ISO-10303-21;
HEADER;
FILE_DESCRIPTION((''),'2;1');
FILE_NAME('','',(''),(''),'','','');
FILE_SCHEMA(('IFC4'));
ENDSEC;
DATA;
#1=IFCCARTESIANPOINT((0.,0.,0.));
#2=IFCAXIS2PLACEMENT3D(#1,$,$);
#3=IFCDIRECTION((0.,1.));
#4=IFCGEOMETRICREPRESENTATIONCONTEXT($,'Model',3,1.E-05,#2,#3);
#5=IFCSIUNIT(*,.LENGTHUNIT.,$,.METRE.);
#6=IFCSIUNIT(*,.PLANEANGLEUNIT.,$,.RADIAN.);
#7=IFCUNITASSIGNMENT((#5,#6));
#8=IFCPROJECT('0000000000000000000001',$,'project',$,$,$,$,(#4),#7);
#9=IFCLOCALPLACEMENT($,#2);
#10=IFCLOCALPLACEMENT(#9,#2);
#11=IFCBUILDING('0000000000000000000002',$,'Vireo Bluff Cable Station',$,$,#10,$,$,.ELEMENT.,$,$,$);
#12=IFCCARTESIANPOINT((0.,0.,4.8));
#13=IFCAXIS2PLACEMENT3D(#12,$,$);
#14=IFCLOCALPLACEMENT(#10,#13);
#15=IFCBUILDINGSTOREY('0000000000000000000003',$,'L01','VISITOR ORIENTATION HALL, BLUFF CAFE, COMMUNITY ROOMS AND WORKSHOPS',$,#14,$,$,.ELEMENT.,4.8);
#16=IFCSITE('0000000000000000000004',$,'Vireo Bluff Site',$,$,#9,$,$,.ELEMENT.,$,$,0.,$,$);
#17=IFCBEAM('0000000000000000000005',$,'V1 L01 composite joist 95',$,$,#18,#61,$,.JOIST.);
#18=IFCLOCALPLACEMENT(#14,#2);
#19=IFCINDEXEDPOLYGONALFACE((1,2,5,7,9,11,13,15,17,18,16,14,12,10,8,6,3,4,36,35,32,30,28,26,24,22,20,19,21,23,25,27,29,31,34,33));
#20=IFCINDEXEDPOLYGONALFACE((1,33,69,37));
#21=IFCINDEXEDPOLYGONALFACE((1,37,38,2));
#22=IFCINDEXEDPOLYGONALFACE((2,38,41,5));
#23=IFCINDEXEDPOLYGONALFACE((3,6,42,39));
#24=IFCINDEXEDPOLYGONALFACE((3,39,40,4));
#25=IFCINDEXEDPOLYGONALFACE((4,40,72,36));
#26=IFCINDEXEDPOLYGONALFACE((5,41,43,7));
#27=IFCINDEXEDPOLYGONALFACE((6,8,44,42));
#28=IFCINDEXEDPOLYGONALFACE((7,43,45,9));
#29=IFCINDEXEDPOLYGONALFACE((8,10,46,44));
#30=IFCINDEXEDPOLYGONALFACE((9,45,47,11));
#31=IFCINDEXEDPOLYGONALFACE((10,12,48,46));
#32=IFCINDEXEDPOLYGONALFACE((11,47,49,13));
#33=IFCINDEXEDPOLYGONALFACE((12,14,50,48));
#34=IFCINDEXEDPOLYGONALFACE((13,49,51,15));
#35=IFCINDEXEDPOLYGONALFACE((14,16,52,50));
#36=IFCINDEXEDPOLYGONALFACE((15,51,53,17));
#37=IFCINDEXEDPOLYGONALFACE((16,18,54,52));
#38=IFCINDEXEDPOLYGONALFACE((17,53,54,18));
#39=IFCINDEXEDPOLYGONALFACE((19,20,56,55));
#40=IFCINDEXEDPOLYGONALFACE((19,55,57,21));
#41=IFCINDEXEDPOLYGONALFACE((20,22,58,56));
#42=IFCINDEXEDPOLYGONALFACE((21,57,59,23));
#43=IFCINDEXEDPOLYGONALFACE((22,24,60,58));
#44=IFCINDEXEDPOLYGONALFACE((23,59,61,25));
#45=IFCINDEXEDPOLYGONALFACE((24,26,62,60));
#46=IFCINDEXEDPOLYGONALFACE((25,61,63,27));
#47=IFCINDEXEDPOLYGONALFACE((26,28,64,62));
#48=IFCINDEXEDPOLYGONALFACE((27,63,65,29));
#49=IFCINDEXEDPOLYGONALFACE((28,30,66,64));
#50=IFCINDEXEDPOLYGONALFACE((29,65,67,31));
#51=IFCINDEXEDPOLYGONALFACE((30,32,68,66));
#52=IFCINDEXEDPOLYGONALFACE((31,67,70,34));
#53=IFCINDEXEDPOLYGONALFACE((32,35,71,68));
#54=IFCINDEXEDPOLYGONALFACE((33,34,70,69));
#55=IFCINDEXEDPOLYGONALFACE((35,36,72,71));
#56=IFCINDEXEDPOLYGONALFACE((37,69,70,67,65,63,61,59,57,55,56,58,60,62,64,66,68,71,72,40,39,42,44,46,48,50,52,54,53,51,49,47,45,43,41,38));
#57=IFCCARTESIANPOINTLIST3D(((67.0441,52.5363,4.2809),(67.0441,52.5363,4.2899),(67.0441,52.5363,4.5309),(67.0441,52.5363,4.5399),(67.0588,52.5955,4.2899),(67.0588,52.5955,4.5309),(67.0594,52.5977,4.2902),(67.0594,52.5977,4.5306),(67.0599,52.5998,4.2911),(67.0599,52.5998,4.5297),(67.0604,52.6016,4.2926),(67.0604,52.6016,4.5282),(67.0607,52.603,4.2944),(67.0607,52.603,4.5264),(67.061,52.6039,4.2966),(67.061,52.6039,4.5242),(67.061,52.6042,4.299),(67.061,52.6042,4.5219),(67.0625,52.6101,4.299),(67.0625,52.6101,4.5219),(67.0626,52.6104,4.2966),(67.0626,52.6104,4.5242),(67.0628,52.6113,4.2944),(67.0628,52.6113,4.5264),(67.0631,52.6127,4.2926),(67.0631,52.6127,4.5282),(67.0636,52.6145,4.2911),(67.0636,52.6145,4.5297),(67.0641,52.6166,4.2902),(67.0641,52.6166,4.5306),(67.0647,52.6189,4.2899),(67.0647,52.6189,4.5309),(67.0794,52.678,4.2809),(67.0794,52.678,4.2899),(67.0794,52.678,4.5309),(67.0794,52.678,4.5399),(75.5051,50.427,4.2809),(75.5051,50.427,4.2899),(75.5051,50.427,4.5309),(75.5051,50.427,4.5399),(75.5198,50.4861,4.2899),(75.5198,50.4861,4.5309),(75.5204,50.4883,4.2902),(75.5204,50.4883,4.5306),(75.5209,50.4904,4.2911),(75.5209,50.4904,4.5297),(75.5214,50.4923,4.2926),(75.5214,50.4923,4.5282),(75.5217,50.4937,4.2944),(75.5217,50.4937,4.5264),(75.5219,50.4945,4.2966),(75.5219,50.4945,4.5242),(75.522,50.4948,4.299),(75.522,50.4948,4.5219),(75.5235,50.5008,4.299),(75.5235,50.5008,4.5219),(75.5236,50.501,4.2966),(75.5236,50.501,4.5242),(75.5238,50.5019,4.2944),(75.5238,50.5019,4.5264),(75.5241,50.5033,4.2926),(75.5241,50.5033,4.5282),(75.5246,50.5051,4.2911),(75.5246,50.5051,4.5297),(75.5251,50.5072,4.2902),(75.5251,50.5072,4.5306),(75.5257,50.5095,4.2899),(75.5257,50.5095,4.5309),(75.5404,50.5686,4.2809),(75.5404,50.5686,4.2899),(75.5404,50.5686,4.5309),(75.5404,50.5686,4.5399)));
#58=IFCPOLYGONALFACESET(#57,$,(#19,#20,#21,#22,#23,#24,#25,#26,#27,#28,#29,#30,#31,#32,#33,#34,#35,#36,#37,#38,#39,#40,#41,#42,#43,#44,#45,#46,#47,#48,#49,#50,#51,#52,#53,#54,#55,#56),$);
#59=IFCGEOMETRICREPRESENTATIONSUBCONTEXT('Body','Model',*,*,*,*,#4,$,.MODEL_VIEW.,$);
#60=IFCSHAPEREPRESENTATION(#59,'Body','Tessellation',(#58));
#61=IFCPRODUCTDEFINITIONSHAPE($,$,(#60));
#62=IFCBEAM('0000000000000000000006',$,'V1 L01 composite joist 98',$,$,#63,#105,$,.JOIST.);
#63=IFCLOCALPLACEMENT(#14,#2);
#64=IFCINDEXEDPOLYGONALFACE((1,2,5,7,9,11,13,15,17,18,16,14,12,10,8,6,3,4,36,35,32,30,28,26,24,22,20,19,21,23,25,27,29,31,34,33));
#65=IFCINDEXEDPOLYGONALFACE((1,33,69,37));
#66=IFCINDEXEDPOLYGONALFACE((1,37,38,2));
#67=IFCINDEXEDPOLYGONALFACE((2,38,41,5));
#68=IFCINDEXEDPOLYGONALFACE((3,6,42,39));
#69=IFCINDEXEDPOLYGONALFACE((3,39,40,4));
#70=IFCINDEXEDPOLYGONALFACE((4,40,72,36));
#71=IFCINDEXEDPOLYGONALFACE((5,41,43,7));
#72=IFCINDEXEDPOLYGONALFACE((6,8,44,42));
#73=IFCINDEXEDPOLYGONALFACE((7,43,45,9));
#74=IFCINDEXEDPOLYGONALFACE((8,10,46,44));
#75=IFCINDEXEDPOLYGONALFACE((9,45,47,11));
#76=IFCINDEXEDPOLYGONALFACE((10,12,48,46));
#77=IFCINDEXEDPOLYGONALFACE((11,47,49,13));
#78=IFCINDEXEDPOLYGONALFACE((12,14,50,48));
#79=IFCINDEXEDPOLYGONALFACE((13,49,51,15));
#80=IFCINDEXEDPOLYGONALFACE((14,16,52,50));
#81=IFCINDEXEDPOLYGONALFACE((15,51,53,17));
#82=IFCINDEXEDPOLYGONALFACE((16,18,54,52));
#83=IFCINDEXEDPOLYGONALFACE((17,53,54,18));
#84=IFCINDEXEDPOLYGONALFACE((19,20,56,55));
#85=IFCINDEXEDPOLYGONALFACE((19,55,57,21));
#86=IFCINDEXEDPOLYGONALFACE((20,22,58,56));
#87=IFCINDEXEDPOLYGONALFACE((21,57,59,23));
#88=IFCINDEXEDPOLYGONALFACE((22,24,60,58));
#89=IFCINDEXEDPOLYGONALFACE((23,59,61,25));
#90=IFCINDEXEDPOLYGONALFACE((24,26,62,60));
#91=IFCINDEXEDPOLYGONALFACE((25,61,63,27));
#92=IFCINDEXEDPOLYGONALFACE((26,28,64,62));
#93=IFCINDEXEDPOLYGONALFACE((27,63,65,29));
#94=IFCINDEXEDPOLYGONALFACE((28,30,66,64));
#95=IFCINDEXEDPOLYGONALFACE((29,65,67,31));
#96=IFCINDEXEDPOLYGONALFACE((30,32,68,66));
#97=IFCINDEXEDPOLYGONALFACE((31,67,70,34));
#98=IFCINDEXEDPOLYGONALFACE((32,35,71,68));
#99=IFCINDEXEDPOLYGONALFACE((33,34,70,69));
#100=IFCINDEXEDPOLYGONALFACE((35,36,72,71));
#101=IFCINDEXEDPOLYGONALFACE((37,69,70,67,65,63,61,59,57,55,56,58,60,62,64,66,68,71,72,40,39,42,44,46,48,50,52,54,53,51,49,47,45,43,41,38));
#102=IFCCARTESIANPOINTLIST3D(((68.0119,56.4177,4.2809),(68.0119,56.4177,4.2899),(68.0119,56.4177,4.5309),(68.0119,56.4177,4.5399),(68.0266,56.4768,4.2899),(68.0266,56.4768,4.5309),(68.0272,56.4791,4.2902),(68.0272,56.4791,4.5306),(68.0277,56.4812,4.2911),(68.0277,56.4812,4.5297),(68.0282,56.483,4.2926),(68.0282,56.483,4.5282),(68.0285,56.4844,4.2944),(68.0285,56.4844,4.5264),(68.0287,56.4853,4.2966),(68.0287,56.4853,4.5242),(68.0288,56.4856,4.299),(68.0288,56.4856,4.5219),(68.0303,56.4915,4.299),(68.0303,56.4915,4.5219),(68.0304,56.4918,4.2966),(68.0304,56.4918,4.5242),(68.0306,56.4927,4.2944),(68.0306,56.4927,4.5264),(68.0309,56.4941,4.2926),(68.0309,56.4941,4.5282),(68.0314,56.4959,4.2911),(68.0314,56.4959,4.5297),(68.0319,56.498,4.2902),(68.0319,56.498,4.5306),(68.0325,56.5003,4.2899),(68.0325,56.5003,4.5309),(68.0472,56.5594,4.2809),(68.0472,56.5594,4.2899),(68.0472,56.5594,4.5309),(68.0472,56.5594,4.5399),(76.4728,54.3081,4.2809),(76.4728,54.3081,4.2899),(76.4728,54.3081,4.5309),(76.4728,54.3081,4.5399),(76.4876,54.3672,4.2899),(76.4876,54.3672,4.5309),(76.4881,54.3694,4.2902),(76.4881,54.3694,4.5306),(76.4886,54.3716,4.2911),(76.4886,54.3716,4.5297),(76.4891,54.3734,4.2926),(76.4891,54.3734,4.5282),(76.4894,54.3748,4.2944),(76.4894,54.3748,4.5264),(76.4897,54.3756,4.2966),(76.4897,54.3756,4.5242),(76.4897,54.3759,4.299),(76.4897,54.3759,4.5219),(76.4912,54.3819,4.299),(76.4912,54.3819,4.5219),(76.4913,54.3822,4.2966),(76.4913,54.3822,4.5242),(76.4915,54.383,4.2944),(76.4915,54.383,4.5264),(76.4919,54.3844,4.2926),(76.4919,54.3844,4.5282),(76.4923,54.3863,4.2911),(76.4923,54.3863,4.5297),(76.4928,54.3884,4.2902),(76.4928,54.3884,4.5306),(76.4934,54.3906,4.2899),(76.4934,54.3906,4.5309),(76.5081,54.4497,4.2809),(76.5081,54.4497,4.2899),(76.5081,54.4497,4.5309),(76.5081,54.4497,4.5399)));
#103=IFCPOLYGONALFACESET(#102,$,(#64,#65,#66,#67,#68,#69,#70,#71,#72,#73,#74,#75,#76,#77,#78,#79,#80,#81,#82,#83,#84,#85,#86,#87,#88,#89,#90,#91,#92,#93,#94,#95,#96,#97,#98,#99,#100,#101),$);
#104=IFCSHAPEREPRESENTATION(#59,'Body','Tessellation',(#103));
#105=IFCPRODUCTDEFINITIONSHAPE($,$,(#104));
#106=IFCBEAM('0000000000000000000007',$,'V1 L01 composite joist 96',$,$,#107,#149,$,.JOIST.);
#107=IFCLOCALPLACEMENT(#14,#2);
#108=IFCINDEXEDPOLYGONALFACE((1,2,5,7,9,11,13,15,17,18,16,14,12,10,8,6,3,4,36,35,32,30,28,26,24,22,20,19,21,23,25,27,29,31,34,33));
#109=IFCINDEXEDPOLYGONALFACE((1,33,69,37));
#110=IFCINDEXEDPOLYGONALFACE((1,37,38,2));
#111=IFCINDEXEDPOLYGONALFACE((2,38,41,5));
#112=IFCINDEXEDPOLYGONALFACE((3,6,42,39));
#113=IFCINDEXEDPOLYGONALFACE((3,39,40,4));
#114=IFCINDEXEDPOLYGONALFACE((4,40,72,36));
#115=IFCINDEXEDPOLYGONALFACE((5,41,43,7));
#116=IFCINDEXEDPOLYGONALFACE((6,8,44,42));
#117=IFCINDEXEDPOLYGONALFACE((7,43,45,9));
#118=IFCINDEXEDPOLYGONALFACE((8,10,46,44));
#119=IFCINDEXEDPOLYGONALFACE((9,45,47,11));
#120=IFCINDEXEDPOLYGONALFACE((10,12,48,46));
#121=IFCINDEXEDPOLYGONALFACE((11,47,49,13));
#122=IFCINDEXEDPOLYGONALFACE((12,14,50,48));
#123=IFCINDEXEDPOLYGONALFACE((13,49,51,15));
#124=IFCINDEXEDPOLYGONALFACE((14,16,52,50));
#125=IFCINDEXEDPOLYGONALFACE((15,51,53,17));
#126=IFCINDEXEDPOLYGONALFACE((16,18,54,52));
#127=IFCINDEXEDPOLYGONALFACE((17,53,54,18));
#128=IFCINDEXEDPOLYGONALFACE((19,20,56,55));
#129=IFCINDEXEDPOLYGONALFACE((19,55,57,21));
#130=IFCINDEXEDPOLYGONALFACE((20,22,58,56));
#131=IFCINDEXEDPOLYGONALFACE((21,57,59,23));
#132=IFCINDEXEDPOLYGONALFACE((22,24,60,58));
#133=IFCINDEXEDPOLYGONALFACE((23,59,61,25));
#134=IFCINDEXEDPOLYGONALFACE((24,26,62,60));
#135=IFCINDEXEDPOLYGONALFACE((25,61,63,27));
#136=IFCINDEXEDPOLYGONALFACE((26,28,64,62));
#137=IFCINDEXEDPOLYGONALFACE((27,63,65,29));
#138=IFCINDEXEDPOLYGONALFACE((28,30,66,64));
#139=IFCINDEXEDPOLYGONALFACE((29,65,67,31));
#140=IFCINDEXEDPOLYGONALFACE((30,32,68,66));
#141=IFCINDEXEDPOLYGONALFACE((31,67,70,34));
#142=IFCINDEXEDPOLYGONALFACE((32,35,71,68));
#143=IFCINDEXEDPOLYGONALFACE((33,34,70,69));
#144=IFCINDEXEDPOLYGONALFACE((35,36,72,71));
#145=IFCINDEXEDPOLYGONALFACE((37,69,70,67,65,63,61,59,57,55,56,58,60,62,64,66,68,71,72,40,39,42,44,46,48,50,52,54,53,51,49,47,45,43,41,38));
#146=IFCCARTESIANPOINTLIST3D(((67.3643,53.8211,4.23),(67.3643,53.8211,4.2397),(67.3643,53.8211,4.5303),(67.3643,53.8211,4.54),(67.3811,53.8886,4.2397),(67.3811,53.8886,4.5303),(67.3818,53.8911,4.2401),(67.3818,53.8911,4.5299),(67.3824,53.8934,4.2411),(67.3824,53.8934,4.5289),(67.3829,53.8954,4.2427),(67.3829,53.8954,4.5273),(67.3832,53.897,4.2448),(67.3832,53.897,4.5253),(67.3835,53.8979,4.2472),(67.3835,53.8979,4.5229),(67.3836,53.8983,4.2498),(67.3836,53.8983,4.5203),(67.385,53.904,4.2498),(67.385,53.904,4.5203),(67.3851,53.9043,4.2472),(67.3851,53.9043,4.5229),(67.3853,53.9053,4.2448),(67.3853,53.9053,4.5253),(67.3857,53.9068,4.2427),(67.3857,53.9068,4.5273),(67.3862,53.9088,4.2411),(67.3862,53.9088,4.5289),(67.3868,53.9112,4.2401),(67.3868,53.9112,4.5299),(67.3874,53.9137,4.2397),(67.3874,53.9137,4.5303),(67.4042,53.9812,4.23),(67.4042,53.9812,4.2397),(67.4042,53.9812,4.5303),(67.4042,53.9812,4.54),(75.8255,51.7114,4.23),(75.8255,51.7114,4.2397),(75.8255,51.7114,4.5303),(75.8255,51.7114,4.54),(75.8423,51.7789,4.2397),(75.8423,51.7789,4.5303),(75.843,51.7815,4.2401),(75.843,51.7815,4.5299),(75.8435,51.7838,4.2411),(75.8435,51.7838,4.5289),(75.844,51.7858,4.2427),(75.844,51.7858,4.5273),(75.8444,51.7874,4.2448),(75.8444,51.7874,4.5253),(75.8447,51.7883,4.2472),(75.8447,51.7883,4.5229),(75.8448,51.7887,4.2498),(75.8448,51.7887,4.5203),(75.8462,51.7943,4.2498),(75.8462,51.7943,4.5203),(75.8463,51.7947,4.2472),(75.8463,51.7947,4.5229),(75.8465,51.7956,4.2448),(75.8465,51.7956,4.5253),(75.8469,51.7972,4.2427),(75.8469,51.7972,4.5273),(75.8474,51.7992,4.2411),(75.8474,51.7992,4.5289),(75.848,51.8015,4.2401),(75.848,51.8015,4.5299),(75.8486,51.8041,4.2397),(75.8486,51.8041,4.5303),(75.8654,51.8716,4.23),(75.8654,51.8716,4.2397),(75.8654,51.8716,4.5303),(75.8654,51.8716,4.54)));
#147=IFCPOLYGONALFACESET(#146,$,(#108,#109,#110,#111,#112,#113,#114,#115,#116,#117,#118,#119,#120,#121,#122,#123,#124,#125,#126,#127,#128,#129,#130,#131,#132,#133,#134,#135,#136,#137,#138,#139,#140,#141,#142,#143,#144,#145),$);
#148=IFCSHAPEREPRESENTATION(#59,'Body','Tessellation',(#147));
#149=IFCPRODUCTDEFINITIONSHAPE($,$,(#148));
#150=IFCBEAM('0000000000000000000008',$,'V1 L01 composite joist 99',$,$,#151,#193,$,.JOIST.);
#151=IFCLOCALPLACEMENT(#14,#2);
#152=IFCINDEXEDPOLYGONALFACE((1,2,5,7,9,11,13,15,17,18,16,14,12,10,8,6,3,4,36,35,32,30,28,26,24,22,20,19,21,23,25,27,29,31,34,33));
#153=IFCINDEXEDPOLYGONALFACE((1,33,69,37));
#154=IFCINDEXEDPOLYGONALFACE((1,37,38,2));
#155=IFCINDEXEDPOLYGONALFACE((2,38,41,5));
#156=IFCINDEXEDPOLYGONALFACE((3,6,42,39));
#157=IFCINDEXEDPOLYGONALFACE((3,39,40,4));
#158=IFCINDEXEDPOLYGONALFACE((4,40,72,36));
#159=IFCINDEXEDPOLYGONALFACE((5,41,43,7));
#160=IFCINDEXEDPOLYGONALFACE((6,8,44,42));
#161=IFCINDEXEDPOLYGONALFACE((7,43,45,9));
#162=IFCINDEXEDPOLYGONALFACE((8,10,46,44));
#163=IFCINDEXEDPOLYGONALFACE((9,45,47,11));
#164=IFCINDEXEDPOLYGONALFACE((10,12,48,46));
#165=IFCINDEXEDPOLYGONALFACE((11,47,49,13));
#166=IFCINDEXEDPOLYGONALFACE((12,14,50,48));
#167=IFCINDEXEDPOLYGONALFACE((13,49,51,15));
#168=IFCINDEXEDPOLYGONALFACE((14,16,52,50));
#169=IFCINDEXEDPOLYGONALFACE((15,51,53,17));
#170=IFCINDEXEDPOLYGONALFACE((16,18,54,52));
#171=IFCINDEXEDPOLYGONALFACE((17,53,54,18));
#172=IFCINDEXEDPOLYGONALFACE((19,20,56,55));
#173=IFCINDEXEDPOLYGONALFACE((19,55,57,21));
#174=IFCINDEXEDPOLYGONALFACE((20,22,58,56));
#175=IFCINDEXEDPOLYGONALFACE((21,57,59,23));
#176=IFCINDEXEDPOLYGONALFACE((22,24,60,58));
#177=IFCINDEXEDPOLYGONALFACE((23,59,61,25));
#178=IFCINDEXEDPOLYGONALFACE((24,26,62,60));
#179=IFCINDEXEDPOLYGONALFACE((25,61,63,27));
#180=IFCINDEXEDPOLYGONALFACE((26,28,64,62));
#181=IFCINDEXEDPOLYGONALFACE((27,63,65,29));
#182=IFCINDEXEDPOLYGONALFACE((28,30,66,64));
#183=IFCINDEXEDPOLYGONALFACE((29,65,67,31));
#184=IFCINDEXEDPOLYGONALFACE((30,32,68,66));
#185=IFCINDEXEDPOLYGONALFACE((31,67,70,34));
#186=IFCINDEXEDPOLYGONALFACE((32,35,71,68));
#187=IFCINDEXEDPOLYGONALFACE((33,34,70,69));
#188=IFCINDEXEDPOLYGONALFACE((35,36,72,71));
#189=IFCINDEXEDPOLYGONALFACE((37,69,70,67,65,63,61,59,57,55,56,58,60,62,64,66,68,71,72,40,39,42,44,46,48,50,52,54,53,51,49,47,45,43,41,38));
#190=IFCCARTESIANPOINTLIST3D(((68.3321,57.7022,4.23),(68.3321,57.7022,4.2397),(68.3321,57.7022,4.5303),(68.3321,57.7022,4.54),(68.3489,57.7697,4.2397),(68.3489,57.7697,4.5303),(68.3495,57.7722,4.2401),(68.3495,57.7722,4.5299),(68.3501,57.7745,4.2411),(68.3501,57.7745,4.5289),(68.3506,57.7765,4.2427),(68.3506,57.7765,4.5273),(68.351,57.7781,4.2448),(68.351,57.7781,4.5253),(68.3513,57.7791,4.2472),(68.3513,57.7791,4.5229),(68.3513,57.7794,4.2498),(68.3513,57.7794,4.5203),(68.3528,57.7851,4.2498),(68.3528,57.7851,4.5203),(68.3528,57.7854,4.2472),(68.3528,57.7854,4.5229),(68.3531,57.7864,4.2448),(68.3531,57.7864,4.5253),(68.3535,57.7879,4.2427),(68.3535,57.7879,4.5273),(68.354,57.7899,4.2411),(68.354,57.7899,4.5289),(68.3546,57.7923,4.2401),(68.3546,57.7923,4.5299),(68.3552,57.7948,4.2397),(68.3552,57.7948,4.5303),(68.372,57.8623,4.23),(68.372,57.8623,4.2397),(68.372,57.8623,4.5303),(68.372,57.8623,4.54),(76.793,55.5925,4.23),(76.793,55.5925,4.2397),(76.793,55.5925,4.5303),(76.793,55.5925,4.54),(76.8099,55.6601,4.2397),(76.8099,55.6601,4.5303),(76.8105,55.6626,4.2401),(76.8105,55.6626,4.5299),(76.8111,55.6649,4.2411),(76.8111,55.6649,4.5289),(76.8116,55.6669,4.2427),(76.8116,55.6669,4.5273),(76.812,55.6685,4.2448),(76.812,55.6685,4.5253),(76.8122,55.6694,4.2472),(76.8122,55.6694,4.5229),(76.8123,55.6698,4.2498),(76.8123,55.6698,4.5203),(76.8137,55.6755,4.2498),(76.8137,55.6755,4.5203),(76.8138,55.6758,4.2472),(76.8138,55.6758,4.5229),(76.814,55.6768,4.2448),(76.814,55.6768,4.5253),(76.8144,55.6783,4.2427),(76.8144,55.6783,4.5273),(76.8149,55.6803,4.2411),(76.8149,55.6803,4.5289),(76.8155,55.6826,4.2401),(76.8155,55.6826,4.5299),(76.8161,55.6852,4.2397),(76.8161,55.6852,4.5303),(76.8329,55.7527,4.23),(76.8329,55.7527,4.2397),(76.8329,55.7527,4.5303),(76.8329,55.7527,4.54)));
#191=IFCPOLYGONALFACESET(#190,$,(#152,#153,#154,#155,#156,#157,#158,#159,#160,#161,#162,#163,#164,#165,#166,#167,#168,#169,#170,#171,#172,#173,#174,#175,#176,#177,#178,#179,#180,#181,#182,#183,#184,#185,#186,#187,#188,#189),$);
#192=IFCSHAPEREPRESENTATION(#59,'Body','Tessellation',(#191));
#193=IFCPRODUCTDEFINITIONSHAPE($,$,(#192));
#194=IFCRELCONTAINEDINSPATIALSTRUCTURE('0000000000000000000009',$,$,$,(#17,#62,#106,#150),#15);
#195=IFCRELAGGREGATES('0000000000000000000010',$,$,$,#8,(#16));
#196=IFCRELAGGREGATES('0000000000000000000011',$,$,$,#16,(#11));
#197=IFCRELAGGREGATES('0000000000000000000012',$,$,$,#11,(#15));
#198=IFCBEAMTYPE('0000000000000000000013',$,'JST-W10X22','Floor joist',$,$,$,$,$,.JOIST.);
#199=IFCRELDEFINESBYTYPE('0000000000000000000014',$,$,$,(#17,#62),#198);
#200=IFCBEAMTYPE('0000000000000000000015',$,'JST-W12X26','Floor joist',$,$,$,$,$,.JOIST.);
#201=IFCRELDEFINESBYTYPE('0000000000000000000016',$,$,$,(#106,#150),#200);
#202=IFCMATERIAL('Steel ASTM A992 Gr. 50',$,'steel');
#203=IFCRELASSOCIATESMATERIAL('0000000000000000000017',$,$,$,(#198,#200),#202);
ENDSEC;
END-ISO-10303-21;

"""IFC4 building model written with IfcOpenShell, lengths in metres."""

from ifc_helpers import new_model, si_unit, direction, frame, origin, origin_2d, place, context, subcontext, project, spatial, i_section, extrude, material, material_profile, profile_set, type_object, element, save


model = new_model("IFC4")

# Units and contexts
model_context = context("Model", 3, precision=1e-05, world=origin(), true_north=direction((0.0, 1.0)))
body_context = subcontext(model_context, "Body", "Model", "MODEL_VIEW")
ifc_project = project(units=[si_unit("LENGTHUNIT", "METRE"), si_unit("PLANEANGLEUNIT", "RADIAN")], contexts=[model_context])

# Site, building, storey
site_placement = place(None, origin())
site = spatial("IfcSite", under=ifc_project, at=site_placement, Name="Vireo Bluff Site", CompositionType="ELEMENT", RefElevation=0.0)
building_placement = place(site_placement, origin())
building = spatial("IfcBuilding", under=site, at=building_placement, Name="Vireo Bluff Cable Station", CompositionType="ELEMENT")
storey_placement = place(building_placement, frame((0.0, 0.0, 4.8)))
storey = spatial("IfcBuildingStorey", under=building, at=storey_placement, Name="L01", Description="VISITOR ORIENTATION HALL, BLUFF CAFE, COMMUNITY ROOMS AND WORKSHOPS", CompositionType="ELEMENT", Elevation=4.8)

# Beams
ifc_material_1 = material(Name="Steel ASTM A992 Gr. 50", Category="steel")
ifc_material_profile_1 = material_profile(ifc_material_1, i_section(OverallWidth=0.146, OverallDepth=0.259, WebThickness=0.0061, FlangeThickness=0.009, FilletRadius=0.009, at=origin_2d()), Name="W10X22")
ifc_profile_set_1 = profile_set([ifc_material_profile_1], Name="Steel ASTM A992 Gr. 50")
beam_type_1 = type_object("IfcBeamType", Name="JST-W10X22", Description="Floor joist", PredefinedType="JOIST", material=ifc_profile_set_1)
for number, where, z_axis, x_axis, name in (
    (1, (67.0618, 52.6072, 4.4104), (0.9703, -0.241903, 0.0), (0.241903, 0.9703, 0.0), "V1 L01 composite joist 95"),
    (2, (68.0295, 56.4885, 4.4104), (0.970294, -0.24193, 0.0), (0.24193, 0.970294, 0.0), "V1 L01 composite joist 98"),
):
    element("IfcBeam", number, at=place(storey_placement, frame(where, z_axis=z_axis, x_axis=x_axis)), inside=storey, type_object=beam_type_1, Name=name, PredefinedType="JOIST", context=body_context, shape_type="SweptSolid", body=[
        extrude(i_section(OverallWidth=0.146, OverallDepth=0.259, WebThickness=0.0061, FlangeThickness=0.009, FilletRadius=0.009, at=origin_2d()), origin(), (0.0, 0.0, 1.0), 8.72),
    ])
ifc_material_profile_2 = material_profile(ifc_material_1, i_section(OverallWidth=0.165, OverallDepth=0.3101, WebThickness=0.0059, FlangeThickness=0.0098, FilletRadius=0.01, at=origin_2d()), Name="W12X26")
ifc_profile_set_2 = profile_set([ifc_material_profile_2], Name="Steel ASTM A992 Gr. 50")
beam_type_2 = type_object("IfcBeamType", Name="JST-W12X26", Description="Floor joist", PredefinedType="JOIST", material=ifc_profile_set_2)
beam_1_placement = place(storey_placement, frame((67.3843, 53.9011, 4.385), z_axis=(0.970295, -0.241923, 0.0), x_axis=(0.241923, 0.970295, 0.0)))
element("IfcBeam", 3, at=beam_1_placement, inside=storey, type_object=beam_type_2, Name="V1 L01 composite joist 96", PredefinedType="JOIST", context=body_context, shape_type="SweptSolid", body=[
    extrude(i_section(OverallWidth=0.165, OverallDepth=0.3101, WebThickness=0.0059, FlangeThickness=0.0098, FilletRadius=0.01, at=origin_2d()), origin(), (0.0, 0.0, 1.0), 8.7202),
])
beam_2_placement = place(storey_placement, frame((68.3521, 57.7822, 4.385), z_axis=(0.970294, -0.24193, 0.0), x_axis=(0.24193, 0.970294, 0.0)))
element("IfcBeam", 4, at=beam_2_placement, inside=storey, type_object=beam_type_2, Name="V1 L01 composite joist 99", PredefinedType="JOIST", context=body_context, shape_type="SweptSolid", body=[
    extrude(i_section(OverallWidth=0.165, OverallDepth=0.3101, WebThickness=0.0059, FlangeThickness=0.0098, FilletRadius=0.01, at=origin_2d()), origin(), (0.0, 0.0, 1.0), 8.72),
])

save(model, "model.ifc")
